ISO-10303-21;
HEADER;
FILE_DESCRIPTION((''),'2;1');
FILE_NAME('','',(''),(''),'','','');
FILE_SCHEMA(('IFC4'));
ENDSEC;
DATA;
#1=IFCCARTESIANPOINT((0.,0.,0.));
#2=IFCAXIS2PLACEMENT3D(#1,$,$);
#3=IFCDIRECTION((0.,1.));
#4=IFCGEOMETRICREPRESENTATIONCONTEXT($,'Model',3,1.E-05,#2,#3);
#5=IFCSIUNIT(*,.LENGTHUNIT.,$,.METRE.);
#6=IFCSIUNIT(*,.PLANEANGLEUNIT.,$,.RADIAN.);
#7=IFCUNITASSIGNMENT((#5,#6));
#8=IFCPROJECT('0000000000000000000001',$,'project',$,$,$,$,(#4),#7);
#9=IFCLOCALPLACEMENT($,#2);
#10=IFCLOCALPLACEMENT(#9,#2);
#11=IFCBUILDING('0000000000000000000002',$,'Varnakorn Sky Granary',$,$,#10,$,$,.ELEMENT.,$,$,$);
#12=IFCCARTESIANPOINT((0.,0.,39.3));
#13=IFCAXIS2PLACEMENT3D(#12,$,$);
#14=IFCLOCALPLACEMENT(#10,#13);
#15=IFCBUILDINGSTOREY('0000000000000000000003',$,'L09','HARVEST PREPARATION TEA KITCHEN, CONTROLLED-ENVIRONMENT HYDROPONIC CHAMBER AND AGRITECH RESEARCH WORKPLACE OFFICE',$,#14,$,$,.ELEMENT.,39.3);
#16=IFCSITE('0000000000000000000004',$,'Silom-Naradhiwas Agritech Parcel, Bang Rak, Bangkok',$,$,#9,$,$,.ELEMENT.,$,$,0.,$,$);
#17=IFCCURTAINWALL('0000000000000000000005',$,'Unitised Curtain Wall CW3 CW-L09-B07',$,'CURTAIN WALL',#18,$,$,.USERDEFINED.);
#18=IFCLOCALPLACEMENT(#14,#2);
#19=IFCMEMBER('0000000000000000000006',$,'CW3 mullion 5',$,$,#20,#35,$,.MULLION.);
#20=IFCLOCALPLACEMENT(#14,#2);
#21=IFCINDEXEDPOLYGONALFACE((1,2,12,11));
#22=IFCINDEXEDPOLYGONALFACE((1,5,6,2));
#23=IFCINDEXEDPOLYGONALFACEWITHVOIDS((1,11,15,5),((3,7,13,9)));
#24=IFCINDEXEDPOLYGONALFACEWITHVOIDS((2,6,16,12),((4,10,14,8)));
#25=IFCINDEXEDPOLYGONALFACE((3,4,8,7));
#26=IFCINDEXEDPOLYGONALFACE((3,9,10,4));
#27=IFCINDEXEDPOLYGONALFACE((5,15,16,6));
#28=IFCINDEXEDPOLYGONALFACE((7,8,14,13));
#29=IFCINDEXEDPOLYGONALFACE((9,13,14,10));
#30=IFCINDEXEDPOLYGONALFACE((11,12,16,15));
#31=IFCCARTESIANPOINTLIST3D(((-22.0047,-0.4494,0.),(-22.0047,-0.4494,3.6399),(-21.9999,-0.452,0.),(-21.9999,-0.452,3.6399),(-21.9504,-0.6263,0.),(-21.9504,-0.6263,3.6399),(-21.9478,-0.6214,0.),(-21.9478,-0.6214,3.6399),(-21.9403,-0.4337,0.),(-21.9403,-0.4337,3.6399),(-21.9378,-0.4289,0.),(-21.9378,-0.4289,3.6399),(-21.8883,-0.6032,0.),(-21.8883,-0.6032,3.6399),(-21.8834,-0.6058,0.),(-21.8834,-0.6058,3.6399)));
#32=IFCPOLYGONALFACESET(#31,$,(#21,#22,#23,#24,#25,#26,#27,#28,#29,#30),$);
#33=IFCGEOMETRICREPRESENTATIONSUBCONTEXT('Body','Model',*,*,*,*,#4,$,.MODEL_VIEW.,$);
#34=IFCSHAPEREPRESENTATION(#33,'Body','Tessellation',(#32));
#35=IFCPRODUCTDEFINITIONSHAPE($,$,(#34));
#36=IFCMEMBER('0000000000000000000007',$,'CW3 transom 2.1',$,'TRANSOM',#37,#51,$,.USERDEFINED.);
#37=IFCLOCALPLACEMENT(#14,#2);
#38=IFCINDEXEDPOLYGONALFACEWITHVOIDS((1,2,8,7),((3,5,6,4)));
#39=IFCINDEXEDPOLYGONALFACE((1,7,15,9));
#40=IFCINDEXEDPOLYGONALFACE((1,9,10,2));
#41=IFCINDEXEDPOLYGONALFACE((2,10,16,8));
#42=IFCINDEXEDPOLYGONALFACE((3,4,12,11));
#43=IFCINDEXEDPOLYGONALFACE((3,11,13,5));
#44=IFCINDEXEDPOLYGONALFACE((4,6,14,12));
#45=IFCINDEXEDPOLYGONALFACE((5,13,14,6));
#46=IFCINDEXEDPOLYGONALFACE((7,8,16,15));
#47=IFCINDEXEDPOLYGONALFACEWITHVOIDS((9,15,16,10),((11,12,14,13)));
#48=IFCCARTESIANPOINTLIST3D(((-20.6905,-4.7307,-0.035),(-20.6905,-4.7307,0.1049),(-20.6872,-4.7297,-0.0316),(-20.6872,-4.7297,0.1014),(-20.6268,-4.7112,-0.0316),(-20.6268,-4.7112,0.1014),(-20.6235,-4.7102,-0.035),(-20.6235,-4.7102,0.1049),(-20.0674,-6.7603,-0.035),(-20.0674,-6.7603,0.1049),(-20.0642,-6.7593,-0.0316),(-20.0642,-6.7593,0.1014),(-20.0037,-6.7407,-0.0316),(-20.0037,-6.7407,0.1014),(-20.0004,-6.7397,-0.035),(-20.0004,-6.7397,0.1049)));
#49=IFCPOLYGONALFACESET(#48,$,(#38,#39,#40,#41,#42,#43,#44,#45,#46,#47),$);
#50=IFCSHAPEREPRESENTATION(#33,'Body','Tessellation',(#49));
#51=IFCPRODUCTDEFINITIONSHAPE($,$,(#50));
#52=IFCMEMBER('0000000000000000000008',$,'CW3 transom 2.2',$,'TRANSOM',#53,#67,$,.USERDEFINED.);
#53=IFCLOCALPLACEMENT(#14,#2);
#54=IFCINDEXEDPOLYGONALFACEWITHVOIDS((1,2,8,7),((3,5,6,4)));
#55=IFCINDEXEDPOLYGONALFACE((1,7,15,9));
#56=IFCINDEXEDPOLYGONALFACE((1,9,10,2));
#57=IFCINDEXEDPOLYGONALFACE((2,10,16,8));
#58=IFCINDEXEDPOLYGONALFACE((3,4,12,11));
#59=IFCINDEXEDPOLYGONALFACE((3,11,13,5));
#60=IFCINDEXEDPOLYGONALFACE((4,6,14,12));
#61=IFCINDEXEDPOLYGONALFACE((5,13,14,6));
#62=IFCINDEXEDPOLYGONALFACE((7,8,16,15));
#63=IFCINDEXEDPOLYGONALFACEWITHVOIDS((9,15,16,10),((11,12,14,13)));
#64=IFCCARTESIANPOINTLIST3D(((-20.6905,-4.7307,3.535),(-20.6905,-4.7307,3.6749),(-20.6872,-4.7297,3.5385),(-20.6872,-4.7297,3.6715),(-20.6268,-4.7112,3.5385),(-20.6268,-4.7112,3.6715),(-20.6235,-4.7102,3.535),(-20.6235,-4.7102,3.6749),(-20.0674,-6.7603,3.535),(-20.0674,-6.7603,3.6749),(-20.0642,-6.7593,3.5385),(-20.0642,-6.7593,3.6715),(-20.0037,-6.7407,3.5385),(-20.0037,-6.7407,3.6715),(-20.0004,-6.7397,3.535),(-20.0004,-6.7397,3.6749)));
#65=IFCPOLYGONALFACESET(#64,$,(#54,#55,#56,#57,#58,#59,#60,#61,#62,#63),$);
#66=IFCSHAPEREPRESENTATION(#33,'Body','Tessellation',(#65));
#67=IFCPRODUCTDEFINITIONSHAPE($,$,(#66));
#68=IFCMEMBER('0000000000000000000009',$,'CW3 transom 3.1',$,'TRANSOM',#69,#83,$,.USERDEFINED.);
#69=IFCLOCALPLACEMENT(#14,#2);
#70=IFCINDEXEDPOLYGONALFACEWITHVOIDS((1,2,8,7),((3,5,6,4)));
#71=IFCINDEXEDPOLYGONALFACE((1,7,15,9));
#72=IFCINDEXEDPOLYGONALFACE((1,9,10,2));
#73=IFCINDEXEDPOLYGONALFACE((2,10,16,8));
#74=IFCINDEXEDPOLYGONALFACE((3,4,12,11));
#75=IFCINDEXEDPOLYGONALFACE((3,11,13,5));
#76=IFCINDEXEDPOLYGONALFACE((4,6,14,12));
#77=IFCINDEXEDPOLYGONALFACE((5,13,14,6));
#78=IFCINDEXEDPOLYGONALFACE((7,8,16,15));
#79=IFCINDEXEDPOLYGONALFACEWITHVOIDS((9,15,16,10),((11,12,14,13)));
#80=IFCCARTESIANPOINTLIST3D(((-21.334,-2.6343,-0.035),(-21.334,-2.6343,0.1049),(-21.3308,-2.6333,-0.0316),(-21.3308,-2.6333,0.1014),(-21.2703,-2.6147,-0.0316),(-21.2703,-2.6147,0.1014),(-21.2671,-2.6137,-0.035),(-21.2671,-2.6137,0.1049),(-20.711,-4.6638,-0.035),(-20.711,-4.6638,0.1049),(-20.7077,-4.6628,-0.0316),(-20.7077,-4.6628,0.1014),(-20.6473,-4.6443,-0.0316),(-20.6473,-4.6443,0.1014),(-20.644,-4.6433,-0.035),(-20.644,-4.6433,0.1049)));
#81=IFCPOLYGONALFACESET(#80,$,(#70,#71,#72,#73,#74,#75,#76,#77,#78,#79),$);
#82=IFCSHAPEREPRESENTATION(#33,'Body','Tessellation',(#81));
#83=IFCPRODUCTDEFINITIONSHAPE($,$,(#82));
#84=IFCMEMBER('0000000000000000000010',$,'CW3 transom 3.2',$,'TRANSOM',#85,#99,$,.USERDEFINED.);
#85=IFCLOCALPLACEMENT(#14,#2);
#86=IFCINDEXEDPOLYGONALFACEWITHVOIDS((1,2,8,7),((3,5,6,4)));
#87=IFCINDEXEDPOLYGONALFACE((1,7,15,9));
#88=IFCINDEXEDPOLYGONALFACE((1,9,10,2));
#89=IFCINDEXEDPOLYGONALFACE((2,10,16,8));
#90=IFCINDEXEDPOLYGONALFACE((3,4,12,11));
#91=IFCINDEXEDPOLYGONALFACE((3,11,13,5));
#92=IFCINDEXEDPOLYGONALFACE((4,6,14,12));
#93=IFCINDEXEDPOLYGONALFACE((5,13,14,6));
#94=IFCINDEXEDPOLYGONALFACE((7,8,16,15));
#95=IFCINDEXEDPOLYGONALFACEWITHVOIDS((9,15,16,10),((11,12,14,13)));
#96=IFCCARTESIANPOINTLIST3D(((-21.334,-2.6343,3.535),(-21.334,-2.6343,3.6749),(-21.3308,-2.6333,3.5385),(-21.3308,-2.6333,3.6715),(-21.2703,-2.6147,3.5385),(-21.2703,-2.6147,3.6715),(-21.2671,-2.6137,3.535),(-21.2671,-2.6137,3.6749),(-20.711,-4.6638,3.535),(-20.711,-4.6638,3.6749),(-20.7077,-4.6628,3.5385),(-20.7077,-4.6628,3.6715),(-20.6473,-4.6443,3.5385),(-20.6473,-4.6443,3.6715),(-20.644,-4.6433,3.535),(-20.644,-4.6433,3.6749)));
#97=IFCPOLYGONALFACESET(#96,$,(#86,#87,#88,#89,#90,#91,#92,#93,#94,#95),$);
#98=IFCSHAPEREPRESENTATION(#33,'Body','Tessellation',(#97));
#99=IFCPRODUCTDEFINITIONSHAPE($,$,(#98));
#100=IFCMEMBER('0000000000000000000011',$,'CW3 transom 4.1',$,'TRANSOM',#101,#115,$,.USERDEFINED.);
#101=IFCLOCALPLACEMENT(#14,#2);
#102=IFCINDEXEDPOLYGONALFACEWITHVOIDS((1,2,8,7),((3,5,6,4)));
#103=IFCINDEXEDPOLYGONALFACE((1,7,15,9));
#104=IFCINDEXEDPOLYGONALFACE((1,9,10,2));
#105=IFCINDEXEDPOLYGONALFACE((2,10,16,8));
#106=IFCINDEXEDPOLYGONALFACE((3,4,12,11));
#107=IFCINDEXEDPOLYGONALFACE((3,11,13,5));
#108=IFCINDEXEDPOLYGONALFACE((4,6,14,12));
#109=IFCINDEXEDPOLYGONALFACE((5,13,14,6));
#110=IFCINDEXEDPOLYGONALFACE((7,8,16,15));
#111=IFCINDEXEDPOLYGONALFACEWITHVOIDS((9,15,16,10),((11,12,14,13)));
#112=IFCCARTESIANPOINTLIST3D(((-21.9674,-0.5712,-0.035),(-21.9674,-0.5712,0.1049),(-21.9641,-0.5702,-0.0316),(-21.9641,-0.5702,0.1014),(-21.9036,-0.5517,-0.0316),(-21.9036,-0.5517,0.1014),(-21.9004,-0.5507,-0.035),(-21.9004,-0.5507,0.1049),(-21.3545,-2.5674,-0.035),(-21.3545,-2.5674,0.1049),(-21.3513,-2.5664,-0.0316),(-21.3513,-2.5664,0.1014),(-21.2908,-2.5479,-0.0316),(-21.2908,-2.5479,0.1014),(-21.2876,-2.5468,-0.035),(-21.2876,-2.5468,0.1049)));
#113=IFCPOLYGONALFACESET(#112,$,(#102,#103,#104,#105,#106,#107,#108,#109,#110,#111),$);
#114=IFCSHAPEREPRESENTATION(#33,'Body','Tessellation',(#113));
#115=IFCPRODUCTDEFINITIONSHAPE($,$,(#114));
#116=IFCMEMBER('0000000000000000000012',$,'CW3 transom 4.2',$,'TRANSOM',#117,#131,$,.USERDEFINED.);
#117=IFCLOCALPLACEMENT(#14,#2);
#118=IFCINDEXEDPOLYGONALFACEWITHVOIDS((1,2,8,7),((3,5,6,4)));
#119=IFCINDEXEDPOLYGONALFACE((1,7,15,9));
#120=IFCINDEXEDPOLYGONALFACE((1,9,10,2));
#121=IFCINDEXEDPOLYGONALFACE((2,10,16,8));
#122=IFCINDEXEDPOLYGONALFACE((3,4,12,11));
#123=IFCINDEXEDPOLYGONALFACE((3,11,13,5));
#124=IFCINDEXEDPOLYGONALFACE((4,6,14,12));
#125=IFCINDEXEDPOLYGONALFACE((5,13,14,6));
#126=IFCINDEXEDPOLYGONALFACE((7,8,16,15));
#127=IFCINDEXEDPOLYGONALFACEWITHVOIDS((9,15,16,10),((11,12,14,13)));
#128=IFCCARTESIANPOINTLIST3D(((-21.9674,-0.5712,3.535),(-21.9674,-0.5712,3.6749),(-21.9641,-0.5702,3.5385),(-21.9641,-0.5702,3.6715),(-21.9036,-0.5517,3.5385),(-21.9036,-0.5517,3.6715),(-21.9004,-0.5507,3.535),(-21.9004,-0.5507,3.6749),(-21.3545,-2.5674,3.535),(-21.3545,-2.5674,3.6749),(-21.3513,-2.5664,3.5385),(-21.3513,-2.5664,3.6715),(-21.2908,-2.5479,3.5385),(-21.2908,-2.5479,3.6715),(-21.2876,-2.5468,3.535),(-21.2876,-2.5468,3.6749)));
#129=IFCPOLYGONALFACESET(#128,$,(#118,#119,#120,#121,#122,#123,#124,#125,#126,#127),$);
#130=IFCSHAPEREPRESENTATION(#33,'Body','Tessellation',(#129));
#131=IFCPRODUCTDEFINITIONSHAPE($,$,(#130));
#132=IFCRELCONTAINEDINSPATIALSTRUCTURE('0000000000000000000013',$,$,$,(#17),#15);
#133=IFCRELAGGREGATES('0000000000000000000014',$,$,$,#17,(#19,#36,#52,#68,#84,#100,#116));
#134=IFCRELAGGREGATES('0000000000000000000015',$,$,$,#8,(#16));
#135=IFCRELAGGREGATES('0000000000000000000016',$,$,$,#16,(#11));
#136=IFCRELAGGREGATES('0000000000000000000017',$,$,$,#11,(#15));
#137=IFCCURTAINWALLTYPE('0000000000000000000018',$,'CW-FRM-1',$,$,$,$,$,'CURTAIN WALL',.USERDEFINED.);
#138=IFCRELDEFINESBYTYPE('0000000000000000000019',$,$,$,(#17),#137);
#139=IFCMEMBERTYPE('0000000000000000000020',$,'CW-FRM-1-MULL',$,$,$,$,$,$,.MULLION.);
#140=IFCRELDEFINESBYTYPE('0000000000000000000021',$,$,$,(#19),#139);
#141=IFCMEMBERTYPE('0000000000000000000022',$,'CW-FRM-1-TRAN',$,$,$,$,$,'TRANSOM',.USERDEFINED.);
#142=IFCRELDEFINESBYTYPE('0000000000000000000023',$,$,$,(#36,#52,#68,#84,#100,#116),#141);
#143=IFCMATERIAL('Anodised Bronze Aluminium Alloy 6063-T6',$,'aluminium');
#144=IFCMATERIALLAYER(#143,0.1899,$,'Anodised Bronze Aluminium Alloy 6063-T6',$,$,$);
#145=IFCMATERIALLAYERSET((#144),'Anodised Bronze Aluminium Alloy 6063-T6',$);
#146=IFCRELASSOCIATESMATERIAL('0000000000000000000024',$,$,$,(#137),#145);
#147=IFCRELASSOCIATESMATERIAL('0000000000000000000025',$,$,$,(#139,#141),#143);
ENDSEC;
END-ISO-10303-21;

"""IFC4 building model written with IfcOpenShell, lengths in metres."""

from ifc_helpers import new_model, si_unit, direction, frame, origin, origin_2d, place, context, subcontext, project, spatial, hollow_rectangle, extrude, material, layer, layer_set, material_profile, profile_set, type_object, element, aggregate, save


model = new_model("IFC4")

# Units and contexts
model_context = context("Model", 3, precision=1e-05, world=origin(), true_north=direction((0.0, 1.0)))
body_context = subcontext(model_context, "Body", "Model", "MODEL_VIEW")
ifc_project = project(units=[si_unit("LENGTHUNIT", "METRE"), si_unit("PLANEANGLEUNIT", "RADIAN")], contexts=[model_context])

# Site, building, storey
site_placement = place(None, origin())
site = spatial("IfcSite", under=ifc_project, at=site_placement, Name="Silom-Naradhiwas Agritech Parcel, Bang Rak, Bangkok", CompositionType="ELEMENT", RefElevation=0.0)
building_placement = place(site_placement, origin())
building = spatial("IfcBuilding", under=site, at=building_placement, Name="Varnakorn Sky Granary", CompositionType="ELEMENT")
storey_placement = place(building_placement, frame((0.0, 0.0, 39.3)))
storey = spatial("IfcBuildingStorey", under=building, at=storey_placement, Name="L09", Description="HARVEST PREPARATION TEA KITCHEN, CONTROLLED-ENVIRONMENT HYDROPONIC CHAMBER AND AGRITECH RESEARCH WORKPLACE OFFICE", CompositionType="ELEMENT", Elevation=39.3)

# Curtain wall, members
ifc_material_1 = material(Name="Anodised Bronze Aluminium Alloy 6063-T6", Category="aluminium")
ifc_layer_1 = layer(ifc_material_1, 0.1899, Name="Anodised Bronze Aluminium Alloy 6063-T6")
ifc_layer_set_1 = layer_set([ifc_layer_1], Name="Anodised Bronze Aluminium Alloy 6063-T6")
curtain_wall_type = type_object("IfcCurtainWallType", Name="CW-FRM-1", ElementType="CURTAIN WALL", PredefinedType="USERDEFINED", material=ifc_layer_set_1)
curtain_wall_placement = place(storey_placement, origin())
curtain_wall = element("IfcCurtainWall", 1, at=curtain_wall_placement, inside=storey, type_object=curtain_wall_type, Name="Unitised Curtain Wall CW3 CW-L09-B07", ObjectType="CURTAIN WALL", PredefinedType="USERDEFINED")
ifc_material_profile_1 = material_profile(ifc_material_1, hollow_rectangle(XDim=0.0701, YDim=0.1851, WallThickness=0.0039, at=origin_2d()), Name="ALU MULL 70x185")
ifc_profile_set_1 = profile_set([ifc_material_profile_1], Name="Anodised Bronze Aluminium Alloy 6063-T6")
member_type_1 = type_object("IfcMemberType", Name="CW-FRM-1-MULL", PredefinedType="MULLION", material=ifc_profile_set_1)
member_1_placement = place(storey_placement, frame((-21.9441, -0.5276, 0.0), z_axis=(0.0, 0.0, 1.0), x_axis=(-0.955971, -0.293463, 0.0)))
member_1 = element("IfcMember", 2, at=member_1_placement, type_object=member_type_1, Name="CW3 mullion 5", PredefinedType="MULLION", context=body_context, shape_type="SweptSolid", body=[
    extrude(hollow_rectangle(XDim=0.0701, YDim=0.1851, WallThickness=0.0039, at=origin_2d()), origin(), (0.0, 0.0, 1.0), 3.6399),
])
ifc_material_profile_2 = material_profile(ifc_material_1, hollow_rectangle(XDim=0.0701, YDim=0.1399, WallThickness=0.0034, at=origin_2d()), Name="ALU TRAN 70x140")
ifc_profile_set_2 = profile_set([ifc_material_profile_2], Name="Anodised Bronze Aluminium Alloy 6063-T6")
member_type_2 = type_object("IfcMemberType", Name="CW-FRM-1-TRAN", ElementType="TRANSOM", PredefinedType="USERDEFINED", material=ifc_profile_set_2)
member_2_placement = place(storey_placement, frame((-20.0339, -6.75, 0.0349), z_axis=(-0.293472, 0.955968, 0.0), x_axis=(-0.955968, -0.293472, 0.0)))
member_2 = element("IfcMember", 3, at=member_2_placement, type_object=member_type_2, Name="CW3 transom 2.1", ObjectType="TRANSOM", PredefinedType="USERDEFINED", context=body_context, shape_type="SweptSolid", body=[
    extrude(hollow_rectangle(XDim=0.0701, YDim=0.1399, WallThickness=0.0034, at=origin_2d()), origin(), (0.0, 0.0, 1.0), 2.123),
])
member_3_placement = place(storey_placement, frame((-20.0339, -6.75, 3.605), z_axis=(-0.293472, 0.955968, 0.0), x_axis=(-0.955968, -0.293472, 0.0)))
member_3 = element("IfcMember", 4, at=member_3_placement, type_object=member_type_2, Name="CW3 transom 2.2", ObjectType="TRANSOM", PredefinedType="USERDEFINED", context=body_context, shape_type="SweptSolid", body=[
    extrude(hollow_rectangle(XDim=0.0701, YDim=0.1399, WallThickness=0.0034, at=origin_2d()), origin(), (0.0, 0.0, 1.0), 2.123),
])
member_4_placement = place(storey_placement, frame((-20.6775, -4.6536, 0.0349), z_axis=(-0.293472, 0.955968, 0.0), x_axis=(-0.955968, -0.293472, 0.0)))
member_4 = element("IfcMember", 5, at=member_4_placement, type_object=member_type_2, Name="CW3 transom 3.1", ObjectType="TRANSOM", PredefinedType="USERDEFINED", context=body_context, shape_type="SweptSolid", body=[
    extrude(hollow_rectangle(XDim=0.0701, YDim=0.1399, WallThickness=0.0034, at=origin_2d()), origin(), (0.0, 0.0, 1.0), 2.123),
])
member_5_placement = place(storey_placement, frame((-20.6775, -4.6536, 3.605), z_axis=(-0.293472, 0.955968, 0.0), x_axis=(-0.955968, -0.293472, 0.0)))
member_5 = element("IfcMember", 6, at=member_5_placement, type_object=member_type_2, Name="CW3 transom 3.2", ObjectType="TRANSOM", PredefinedType="USERDEFINED", context=body_context, shape_type="SweptSolid", body=[
    extrude(hollow_rectangle(XDim=0.0701, YDim=0.1399, WallThickness=0.0034, at=origin_2d()), origin(), (0.0, 0.0, 1.0), 2.123),
])
member_6_placement = place(storey_placement, frame((-21.321, -2.5571, 0.0349), z_axis=(-0.293478, 0.955966, 0.0), x_axis=(-0.955966, -0.293478, 0.0)))
member_6 = element("IfcMember", 7, at=member_6_placement, type_object=member_type_2, Name="CW3 transom 4.1", ObjectType="TRANSOM", PredefinedType="USERDEFINED", context=body_context, shape_type="SweptSolid", body=[
    extrude(hollow_rectangle(XDim=0.0701, YDim=0.1399, WallThickness=0.0034, at=origin_2d()), origin(), (0.0, 0.0, 1.0), 2.0881),
])
member_7_placement = place(storey_placement, frame((-21.321, -2.5571, 3.605), z_axis=(-0.293478, 0.955966, 0.0), x_axis=(-0.955966, -0.293478, 0.0)))
member_7 = element("IfcMember", 8, at=member_7_placement, type_object=member_type_2, Name="CW3 transom 4.2", ObjectType="TRANSOM", PredefinedType="USERDEFINED", context=body_context, shape_type="SweptSolid", body=[
    extrude(hollow_rectangle(XDim=0.0701, YDim=0.1399, WallThickness=0.0034, at=origin_2d()), origin(), (0.0, 0.0, 1.0), 2.0881),
])

aggregate(curtain_wall, [member_1, member_2, member_3, member_4, member_5, member_6, member_7])

save(model, "model.ifc")
